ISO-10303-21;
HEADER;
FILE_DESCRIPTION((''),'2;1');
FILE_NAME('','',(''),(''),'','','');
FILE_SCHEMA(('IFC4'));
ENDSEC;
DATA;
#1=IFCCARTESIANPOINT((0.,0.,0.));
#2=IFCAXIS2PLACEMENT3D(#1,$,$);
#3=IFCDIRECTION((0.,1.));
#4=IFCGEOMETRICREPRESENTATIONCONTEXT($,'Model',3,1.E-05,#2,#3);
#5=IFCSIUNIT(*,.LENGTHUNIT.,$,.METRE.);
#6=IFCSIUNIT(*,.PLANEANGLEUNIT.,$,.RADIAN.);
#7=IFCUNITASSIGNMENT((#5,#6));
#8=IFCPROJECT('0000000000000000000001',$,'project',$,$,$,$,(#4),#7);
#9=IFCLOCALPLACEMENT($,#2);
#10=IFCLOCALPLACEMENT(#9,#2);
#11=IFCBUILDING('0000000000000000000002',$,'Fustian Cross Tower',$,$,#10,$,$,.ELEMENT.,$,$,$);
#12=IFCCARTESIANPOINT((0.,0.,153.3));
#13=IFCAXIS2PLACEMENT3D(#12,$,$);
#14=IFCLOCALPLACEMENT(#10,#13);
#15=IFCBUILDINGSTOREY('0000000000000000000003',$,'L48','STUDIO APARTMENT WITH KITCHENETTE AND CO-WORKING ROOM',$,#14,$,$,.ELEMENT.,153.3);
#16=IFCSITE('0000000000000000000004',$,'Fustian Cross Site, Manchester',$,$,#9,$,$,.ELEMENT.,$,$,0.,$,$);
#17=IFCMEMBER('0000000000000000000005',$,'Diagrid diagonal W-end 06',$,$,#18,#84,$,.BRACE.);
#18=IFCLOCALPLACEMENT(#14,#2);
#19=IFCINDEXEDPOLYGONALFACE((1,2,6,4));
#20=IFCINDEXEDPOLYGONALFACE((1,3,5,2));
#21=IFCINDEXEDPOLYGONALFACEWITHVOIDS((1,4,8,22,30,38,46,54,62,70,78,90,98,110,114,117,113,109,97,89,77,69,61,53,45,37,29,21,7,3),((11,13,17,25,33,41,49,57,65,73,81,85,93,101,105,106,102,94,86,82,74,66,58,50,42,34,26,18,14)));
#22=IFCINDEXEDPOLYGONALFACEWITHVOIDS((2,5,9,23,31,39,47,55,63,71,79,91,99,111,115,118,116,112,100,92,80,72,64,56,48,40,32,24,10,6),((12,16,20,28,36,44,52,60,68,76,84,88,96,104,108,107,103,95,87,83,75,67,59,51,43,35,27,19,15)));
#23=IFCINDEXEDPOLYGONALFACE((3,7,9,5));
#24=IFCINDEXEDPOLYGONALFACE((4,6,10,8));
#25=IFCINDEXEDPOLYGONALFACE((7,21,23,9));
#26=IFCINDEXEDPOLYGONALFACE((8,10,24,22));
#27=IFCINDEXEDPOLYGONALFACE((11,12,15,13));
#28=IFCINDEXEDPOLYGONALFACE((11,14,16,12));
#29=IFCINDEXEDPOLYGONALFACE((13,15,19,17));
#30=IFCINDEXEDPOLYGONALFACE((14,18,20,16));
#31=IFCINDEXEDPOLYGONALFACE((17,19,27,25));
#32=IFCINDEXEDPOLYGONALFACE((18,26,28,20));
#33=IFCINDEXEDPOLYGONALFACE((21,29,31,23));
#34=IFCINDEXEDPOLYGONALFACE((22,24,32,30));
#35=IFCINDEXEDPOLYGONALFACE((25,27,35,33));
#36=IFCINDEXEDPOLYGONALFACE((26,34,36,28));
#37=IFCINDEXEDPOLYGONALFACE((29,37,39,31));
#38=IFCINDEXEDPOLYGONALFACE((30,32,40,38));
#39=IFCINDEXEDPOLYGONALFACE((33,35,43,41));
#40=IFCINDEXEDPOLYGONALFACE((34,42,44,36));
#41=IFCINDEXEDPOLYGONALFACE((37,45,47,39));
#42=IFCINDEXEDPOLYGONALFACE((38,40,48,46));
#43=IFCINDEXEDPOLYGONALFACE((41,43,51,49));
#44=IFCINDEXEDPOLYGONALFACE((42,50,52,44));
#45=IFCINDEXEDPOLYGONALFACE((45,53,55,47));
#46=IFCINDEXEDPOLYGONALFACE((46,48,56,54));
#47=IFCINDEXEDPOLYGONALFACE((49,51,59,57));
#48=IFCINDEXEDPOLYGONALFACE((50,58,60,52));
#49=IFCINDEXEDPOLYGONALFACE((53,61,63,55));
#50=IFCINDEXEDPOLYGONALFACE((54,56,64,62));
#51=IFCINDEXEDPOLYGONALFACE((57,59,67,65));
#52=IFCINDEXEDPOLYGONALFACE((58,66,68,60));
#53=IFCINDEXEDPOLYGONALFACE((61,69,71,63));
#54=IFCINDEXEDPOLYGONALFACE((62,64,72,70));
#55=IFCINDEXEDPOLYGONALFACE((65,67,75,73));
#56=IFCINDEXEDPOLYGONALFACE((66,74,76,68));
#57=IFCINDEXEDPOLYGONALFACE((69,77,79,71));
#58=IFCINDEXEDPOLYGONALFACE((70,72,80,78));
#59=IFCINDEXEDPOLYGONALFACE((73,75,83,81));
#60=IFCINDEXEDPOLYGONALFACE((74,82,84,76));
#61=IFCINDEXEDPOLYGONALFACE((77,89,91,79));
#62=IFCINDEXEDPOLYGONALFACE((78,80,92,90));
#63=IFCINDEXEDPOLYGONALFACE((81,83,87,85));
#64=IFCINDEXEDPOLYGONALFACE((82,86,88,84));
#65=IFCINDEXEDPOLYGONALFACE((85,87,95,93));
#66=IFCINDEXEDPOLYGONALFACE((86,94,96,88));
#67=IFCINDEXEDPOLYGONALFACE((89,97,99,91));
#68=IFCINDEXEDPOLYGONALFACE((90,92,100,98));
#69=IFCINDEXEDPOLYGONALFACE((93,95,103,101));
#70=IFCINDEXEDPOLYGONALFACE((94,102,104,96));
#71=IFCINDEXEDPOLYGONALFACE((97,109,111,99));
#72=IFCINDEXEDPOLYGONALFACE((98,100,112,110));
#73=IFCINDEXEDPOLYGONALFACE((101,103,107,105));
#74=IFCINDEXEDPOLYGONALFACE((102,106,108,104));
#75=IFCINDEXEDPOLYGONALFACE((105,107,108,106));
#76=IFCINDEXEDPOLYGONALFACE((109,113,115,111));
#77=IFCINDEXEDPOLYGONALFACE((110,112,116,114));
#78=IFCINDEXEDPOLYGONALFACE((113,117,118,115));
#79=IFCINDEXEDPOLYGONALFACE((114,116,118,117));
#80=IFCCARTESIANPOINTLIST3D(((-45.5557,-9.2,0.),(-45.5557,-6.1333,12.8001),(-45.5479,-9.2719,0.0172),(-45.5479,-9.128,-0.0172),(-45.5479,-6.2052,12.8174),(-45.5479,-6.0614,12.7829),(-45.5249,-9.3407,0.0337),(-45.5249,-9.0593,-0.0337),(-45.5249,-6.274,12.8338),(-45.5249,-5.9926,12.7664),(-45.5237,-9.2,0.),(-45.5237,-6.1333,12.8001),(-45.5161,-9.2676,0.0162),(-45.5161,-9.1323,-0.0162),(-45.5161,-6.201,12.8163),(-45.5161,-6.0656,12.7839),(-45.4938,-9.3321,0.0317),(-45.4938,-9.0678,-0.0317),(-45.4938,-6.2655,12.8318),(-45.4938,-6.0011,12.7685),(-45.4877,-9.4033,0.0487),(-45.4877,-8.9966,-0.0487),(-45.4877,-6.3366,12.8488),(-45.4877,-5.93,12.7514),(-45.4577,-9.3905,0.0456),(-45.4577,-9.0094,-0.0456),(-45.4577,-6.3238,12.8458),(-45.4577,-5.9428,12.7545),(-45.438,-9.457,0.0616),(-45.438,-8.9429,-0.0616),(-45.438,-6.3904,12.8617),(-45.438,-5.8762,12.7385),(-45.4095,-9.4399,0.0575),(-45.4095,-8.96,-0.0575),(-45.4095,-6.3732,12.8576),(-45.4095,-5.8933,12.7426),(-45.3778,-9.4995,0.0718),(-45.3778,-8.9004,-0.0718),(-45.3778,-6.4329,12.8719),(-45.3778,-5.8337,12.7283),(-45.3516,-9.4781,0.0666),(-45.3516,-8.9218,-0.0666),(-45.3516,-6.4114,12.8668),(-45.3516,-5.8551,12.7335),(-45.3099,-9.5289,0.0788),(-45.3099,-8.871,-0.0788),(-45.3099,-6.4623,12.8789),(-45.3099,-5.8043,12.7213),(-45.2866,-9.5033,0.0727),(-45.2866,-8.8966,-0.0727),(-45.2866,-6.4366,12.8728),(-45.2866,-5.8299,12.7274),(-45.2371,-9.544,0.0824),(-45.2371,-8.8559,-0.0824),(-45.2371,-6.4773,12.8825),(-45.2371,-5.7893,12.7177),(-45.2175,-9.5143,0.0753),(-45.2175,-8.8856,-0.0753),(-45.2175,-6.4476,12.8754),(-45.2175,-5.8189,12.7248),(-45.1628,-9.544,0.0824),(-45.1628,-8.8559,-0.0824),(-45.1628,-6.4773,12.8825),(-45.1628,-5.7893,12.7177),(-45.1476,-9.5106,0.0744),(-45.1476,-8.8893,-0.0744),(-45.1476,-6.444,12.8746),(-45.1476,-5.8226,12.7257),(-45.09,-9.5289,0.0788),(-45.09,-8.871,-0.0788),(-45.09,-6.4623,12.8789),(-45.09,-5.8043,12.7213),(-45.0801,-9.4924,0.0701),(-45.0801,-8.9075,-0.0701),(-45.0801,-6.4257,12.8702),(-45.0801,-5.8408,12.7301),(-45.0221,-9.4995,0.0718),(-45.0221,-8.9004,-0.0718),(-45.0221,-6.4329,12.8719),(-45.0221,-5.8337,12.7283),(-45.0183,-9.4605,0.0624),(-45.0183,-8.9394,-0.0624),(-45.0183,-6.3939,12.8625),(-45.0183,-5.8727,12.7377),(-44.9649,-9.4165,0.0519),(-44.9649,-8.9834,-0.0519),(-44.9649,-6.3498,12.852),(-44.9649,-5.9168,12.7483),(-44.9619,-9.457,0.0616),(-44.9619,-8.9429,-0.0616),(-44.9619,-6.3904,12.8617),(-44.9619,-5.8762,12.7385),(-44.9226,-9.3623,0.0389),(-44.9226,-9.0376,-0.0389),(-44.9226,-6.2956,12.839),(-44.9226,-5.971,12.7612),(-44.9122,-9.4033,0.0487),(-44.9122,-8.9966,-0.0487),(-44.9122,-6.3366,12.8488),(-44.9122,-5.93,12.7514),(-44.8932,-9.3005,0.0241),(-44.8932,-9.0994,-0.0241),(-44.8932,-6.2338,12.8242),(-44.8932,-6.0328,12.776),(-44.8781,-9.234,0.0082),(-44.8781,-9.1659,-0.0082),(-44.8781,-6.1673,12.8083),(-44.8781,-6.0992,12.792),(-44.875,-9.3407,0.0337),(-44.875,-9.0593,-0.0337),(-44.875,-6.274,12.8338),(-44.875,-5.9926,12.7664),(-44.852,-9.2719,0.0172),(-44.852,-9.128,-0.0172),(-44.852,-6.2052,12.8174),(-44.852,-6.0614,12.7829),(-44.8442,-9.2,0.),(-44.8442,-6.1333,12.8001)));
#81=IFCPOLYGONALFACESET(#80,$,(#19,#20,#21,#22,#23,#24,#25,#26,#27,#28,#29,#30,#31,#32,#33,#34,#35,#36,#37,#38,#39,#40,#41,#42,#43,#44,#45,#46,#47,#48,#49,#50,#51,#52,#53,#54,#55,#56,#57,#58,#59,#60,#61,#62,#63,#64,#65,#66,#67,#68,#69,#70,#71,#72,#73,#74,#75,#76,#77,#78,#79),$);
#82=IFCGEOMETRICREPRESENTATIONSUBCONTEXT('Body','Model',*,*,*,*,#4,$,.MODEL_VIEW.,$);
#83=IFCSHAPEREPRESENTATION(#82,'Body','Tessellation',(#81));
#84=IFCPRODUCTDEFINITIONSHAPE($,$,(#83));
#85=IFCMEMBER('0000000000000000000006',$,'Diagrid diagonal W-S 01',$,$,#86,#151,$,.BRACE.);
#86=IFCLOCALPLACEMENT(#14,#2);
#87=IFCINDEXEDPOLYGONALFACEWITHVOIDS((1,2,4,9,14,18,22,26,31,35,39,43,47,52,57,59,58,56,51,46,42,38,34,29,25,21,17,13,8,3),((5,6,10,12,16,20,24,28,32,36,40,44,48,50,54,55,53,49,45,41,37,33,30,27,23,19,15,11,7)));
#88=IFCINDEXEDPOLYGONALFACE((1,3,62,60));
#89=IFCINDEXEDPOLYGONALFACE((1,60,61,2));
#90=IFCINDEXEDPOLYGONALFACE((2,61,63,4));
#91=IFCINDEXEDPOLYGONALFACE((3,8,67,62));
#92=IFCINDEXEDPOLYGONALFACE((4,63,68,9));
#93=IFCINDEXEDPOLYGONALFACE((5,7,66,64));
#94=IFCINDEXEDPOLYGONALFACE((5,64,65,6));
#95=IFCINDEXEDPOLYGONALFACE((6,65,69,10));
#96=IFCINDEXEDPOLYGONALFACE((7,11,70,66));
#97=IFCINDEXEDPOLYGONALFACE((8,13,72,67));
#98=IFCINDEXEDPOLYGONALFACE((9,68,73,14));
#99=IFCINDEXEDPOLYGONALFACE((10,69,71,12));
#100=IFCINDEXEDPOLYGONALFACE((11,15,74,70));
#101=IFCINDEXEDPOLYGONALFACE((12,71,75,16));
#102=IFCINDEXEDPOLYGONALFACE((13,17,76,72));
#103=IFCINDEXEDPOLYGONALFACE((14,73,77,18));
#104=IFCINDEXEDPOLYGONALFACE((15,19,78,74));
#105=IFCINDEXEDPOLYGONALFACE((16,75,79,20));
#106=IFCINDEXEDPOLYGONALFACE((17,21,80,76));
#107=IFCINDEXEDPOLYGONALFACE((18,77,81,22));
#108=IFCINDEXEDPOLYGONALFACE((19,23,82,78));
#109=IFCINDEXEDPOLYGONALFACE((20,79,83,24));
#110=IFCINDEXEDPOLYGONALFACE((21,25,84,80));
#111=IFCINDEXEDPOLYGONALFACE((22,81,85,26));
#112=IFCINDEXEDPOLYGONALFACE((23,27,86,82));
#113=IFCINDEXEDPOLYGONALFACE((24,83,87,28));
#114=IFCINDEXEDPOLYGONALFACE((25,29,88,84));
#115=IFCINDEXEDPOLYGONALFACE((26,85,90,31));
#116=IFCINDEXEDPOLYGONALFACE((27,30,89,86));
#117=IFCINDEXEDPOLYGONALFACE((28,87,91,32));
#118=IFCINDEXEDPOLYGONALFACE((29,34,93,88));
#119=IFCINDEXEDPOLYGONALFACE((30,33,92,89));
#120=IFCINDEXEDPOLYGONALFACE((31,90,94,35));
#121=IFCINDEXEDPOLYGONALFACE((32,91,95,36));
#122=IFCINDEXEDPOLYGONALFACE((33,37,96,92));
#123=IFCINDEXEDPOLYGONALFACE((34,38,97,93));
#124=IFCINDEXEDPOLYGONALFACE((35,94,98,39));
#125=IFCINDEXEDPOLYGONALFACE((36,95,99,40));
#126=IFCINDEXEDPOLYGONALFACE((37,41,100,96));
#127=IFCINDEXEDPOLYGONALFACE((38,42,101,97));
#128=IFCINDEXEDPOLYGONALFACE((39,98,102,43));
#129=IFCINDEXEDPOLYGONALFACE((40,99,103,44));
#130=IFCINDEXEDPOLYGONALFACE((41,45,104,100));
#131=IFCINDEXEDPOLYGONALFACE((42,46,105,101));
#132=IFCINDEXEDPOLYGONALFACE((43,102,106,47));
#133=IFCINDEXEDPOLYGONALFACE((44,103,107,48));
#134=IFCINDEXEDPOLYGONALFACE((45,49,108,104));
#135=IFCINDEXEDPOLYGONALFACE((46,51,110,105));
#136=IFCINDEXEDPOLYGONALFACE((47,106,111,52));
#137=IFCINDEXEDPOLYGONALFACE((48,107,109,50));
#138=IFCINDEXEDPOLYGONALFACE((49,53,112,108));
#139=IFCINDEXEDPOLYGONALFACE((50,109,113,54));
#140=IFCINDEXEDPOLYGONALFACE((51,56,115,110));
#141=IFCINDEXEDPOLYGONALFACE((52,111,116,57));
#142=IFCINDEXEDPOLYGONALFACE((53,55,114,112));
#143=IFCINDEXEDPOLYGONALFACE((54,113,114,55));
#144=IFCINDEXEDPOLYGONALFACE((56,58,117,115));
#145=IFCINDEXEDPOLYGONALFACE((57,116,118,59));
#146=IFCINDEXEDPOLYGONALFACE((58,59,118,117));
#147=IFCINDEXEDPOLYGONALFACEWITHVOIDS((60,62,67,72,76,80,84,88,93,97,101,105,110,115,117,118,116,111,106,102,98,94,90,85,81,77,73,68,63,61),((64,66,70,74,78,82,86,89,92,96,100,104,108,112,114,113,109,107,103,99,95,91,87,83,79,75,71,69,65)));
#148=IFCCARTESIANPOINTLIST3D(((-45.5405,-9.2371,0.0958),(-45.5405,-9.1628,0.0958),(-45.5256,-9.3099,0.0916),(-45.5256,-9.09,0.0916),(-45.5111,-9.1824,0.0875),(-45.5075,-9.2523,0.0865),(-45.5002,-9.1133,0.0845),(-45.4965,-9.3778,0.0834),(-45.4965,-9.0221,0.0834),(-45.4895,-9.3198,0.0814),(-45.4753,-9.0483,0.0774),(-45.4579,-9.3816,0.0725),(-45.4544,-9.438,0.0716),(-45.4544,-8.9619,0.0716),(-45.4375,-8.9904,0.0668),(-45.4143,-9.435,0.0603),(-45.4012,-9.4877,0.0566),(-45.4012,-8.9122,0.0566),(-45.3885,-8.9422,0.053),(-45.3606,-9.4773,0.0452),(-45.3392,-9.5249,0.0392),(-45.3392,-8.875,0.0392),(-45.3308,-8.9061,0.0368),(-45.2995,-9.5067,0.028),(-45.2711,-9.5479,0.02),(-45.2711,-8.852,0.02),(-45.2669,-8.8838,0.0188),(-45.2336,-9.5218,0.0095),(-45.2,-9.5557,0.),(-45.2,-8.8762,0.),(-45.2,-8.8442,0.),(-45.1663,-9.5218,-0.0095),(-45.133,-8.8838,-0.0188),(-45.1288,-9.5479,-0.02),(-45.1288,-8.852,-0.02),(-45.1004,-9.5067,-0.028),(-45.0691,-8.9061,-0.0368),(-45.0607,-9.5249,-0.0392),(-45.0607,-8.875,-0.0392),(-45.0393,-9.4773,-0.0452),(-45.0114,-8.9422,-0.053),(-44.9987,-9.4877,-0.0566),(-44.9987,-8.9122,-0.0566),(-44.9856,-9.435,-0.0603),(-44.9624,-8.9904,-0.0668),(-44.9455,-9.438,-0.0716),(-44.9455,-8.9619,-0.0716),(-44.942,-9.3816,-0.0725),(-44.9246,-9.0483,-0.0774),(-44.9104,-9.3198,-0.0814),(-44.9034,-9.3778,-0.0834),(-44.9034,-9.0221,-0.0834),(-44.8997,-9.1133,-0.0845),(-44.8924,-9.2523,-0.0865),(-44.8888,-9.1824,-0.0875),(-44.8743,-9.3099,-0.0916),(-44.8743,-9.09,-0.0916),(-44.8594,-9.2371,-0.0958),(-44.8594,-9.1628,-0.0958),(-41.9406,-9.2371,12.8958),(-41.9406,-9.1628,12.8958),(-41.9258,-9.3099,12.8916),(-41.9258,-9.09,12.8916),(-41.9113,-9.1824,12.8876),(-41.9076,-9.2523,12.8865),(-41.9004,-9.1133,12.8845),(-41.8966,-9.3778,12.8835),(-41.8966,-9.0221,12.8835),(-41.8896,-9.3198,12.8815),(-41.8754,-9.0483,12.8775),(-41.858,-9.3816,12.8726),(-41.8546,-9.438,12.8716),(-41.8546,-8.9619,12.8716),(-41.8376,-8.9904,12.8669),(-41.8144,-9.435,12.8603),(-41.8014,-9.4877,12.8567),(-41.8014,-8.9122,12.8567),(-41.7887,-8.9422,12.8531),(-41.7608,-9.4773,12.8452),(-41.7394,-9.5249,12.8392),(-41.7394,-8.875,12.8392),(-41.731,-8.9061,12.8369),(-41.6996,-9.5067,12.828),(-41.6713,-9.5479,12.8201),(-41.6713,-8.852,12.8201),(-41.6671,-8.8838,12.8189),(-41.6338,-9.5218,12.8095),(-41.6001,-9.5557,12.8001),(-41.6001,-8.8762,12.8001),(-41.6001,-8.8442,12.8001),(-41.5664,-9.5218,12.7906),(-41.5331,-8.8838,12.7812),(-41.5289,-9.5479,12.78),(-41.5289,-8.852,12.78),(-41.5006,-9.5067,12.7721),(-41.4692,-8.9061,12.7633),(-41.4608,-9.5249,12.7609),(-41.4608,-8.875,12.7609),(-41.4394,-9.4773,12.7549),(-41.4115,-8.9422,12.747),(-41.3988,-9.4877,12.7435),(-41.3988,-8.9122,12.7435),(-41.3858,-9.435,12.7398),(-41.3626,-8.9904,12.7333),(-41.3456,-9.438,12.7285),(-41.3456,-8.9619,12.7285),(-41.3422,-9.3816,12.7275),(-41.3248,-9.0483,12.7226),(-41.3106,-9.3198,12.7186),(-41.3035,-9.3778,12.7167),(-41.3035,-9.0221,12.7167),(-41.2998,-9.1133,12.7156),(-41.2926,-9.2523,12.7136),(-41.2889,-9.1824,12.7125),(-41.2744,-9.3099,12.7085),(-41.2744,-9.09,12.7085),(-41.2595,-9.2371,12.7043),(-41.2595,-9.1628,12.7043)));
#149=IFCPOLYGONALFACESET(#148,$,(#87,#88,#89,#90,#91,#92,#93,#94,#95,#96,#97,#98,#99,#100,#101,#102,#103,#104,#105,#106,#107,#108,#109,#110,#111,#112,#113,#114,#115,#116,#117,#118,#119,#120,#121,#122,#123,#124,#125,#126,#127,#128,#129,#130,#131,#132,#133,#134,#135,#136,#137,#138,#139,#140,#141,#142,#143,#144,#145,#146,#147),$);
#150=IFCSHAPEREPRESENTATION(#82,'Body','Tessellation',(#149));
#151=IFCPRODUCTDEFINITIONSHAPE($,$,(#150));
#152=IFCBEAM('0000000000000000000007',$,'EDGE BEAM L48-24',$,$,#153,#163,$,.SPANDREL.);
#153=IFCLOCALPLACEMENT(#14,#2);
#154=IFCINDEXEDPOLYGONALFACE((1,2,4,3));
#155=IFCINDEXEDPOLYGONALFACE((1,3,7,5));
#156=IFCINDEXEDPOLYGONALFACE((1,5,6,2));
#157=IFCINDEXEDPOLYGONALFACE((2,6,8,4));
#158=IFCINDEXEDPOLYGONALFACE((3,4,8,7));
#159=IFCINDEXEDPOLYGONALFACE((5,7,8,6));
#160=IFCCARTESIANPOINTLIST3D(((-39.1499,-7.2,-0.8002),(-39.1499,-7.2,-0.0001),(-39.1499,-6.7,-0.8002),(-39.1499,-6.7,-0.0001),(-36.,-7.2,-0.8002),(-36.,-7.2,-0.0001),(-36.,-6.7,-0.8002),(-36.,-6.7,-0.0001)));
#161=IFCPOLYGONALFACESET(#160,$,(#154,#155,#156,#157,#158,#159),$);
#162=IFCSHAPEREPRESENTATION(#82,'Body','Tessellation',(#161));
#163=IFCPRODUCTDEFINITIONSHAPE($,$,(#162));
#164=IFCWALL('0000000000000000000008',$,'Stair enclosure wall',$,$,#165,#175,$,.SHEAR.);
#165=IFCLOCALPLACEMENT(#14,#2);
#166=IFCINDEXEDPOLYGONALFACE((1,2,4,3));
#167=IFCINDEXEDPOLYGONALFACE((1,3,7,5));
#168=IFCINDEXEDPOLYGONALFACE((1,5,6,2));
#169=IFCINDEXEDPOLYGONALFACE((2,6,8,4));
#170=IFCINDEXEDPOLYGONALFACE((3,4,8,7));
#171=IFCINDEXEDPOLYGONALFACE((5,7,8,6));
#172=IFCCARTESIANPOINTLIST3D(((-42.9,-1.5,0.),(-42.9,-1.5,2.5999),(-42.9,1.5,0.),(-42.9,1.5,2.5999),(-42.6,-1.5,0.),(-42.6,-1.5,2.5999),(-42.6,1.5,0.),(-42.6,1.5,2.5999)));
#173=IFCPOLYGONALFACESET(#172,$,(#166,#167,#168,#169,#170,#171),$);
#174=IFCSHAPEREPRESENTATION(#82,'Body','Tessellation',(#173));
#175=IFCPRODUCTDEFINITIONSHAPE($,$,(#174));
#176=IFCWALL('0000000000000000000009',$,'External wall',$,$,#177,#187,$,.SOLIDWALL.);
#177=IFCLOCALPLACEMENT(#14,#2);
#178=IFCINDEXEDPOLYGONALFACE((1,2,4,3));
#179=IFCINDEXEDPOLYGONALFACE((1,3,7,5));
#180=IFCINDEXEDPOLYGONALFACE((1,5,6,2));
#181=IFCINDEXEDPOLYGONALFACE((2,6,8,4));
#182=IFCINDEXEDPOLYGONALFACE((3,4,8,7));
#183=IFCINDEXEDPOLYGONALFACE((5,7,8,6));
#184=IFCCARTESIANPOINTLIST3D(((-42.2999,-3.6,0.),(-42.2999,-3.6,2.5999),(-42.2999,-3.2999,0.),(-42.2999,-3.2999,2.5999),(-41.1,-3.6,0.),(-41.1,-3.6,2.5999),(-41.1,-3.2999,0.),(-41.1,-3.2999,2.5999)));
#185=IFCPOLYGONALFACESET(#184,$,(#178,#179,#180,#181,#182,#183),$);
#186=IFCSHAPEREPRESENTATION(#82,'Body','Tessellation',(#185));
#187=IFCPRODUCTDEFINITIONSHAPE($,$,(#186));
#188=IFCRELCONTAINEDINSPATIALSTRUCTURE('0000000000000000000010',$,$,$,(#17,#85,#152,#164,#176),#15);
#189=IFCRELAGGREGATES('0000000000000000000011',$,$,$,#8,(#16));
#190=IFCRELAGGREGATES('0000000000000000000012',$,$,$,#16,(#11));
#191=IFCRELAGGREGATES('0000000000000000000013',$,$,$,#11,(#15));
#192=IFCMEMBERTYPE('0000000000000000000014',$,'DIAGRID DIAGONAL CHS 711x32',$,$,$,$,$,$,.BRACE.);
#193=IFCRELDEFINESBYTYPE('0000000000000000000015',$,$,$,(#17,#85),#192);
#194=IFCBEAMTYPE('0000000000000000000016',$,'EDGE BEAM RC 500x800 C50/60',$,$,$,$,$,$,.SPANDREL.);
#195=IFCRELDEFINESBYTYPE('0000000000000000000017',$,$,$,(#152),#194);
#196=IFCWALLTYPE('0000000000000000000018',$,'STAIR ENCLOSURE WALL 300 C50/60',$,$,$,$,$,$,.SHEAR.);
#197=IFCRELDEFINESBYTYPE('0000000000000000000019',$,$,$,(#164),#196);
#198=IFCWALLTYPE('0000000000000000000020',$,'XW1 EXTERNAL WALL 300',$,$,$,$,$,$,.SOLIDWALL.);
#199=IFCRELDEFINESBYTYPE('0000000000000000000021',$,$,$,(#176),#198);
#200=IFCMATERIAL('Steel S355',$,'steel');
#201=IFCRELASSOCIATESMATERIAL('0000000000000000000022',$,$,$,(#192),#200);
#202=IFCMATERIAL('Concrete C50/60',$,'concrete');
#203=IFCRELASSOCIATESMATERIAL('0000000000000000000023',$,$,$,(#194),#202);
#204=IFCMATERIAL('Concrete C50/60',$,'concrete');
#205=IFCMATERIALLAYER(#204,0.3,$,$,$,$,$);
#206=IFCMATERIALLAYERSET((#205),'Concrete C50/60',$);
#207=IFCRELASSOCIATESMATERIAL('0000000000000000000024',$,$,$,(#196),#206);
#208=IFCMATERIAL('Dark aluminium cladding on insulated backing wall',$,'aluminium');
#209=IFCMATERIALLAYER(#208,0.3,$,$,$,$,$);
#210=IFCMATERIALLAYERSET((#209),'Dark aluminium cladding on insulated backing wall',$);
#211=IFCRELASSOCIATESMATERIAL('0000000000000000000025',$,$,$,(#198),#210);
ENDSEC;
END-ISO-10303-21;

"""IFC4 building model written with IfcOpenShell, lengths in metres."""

from ifc_helpers import new_model, si_unit, direction, frame, frame_2d, origin, origin_2d, place, context, subcontext, project, spatial, rectangle, hollow_circle, extrude, material, layer, layer_set, material_profile, profile_set, type_object, element, save


model = new_model("IFC4")

# Units and contexts
model_context = context("Model", 3, precision=1e-05, world=origin(), true_north=direction((0.0, 1.0)))
body_context = subcontext(model_context, "Body", "Model", "MODEL_VIEW")
ifc_project = project(units=[si_unit("LENGTHUNIT", "METRE"), si_unit("PLANEANGLEUNIT", "RADIAN")], contexts=[model_context])

# Site, building, storey
site_placement = place(None, origin())
site = spatial("IfcSite", under=ifc_project, at=site_placement, Name="Fustian Cross Site, Manchester", CompositionType="ELEMENT", RefElevation=0.0)
building_placement = place(site_placement, origin())
building = spatial("IfcBuilding", under=site, at=building_placement, Name="Fustian Cross Tower", CompositionType="ELEMENT")
storey_placement = place(building_placement, frame((0.0, 0.0, 153.3)))
storey = spatial("IfcBuildingStorey", under=building, at=storey_placement, Name="L48", Description="STUDIO APARTMENT WITH KITCHENETTE AND CO-WORKING ROOM", CompositionType="ELEMENT", Elevation=153.3)

# Members
ifc_material_1 = material(Name="Steel S355", Category="steel")
ifc_material_profile_1 = material_profile(ifc_material_1, hollow_circle(Radius=0.3557, WallThickness=0.032, at=origin_2d()), Name="CHS 711x32")
ifc_profile_set_1 = profile_set([ifc_material_profile_1], Name="Steel S355")
member_type = type_object("IfcMemberType", Name="DIAGRID DIAGONAL CHS 711x32", PredefinedType="BRACE", material=ifc_profile_set_1)
for number, where, z_axis, x_axis, name in (
    (1, (-45.2, -9.2, 0.0), (0.0, 0.232988, 0.97248), (-1.0, 0.0, 0.0), "Diagrid diagonal W-end 06"),
):
    element("IfcMember", number, at=place(storey_placement, frame(where, z_axis=z_axis, x_axis=x_axis)), inside=storey, type_object=member_type, Name=name, PredefinedType="BRACE", context=body_context, shape_type="SweptSolid", body=[
        extrude(hollow_circle(Radius=0.3557, WallThickness=0.032, at=origin_2d()), origin(), (0.0, 0.0, 1.0), 13.1624),
    ])
member_placement = place(storey_placement, frame((-45.2, -9.2, 0.0), z_axis=(0.270734, 0.0, 0.962654), x_axis=(0.0, 1.0, 0.0)))
element("IfcMember", 2, at=member_placement, inside=storey, type_object=member_type, Name="Diagrid diagonal W-S 01", PredefinedType="BRACE", context=body_context, shape_type="SweptSolid", body=[
    extrude(hollow_circle(Radius=0.3557, WallThickness=0.032, at=origin_2d()), origin(), (0.0, 0.0, 1.0), 13.2966),
])

# Beam
ifc_material_2 = material(Name="Concrete C50/60", Category="concrete")
ifc_material_profile_2 = material_profile(ifc_material_2, rectangle(XDim=0.5, YDim=0.8, at=origin_2d()), Name="RC 500x800")
ifc_profile_set_2 = profile_set([ifc_material_profile_2], Name="Concrete C50/60")
beam_type = type_object("IfcBeamType", Name="EDGE BEAM RC 500x800 C50/60", PredefinedType="SPANDREL", material=ifc_profile_set_2)
beam_placement = place(storey_placement, frame((-39.1499, -6.95, -0.4001), z_axis=(1.0, 0.0, 0.0), x_axis=(0.0, 1.0, 0.0)))
element("IfcBeam", 3, at=beam_placement, inside=storey, type_object=beam_type, Name="EDGE BEAM L48-24", PredefinedType="SPANDREL", context=body_context, shape_type="SweptSolid", body=[
    extrude(rectangle(XDim=0.5, YDim=0.8, at=origin_2d()), origin(), (0.0, 0.0, 1.0), 3.1499),
])

# Walls
ifc_material_3 = material(Name="Concrete C50/60", Category="concrete")
ifc_layer_1 = layer(ifc_material_3, 0.3)
ifc_layer_set_1 = layer_set([ifc_layer_1], Name="Concrete C50/60")
wall_type_1 = type_object("IfcWallType", Name="STAIR ENCLOSURE WALL 300 C50/60", PredefinedType="SHEAR", material=ifc_layer_set_1)
wall_1_placement = place(storey_placement, frame((-42.75, -1.5, 0.0), z_axis=(0.0, 0.0, 1.0), x_axis=(0.0, 1.0, 0.0)))
element("IfcWall", 4, at=wall_1_placement, inside=storey, type_object=wall_type_1, Name="Stair enclosure wall", PredefinedType="SHEAR", context=body_context, shape_type="SweptSolid", body=[
    extrude(rectangle(XDim=3.0, YDim=0.3, at=frame_2d((1.5, 0.0))), origin(), (0.0, 0.0, 1.0), 2.5999),
])
ifc_material_4 = material(Name="Dark aluminium cladding on insulated backing wall", Category="aluminium")
ifc_layer_2 = layer(ifc_material_4, 0.3)
ifc_layer_set_2 = layer_set([ifc_layer_2], Name="Dark aluminium cladding on insulated backing wall")
wall_type_2 = type_object("IfcWallType", Name="XW1 EXTERNAL WALL 300", PredefinedType="SOLIDWALL", material=ifc_layer_set_2)
wall_2_placement = place(storey_placement, frame((-42.3, -3.45, 0.0), z_axis=(0.0, 0.0, 1.0), x_axis=(1.0, 0.0, 0.0)))
element("IfcWall", 5, at=wall_2_placement, inside=storey, type_object=wall_type_2, Name="External wall", PredefinedType="SOLIDWALL", context=body_context, shape_type="SweptSolid", body=[
    extrude(rectangle(XDim=1.2, YDim=0.3, at=frame_2d((0.6001, 0.0))), origin(), (0.0, 0.0, 1.0), 2.5999),
])

save(model, "model.ifc")
